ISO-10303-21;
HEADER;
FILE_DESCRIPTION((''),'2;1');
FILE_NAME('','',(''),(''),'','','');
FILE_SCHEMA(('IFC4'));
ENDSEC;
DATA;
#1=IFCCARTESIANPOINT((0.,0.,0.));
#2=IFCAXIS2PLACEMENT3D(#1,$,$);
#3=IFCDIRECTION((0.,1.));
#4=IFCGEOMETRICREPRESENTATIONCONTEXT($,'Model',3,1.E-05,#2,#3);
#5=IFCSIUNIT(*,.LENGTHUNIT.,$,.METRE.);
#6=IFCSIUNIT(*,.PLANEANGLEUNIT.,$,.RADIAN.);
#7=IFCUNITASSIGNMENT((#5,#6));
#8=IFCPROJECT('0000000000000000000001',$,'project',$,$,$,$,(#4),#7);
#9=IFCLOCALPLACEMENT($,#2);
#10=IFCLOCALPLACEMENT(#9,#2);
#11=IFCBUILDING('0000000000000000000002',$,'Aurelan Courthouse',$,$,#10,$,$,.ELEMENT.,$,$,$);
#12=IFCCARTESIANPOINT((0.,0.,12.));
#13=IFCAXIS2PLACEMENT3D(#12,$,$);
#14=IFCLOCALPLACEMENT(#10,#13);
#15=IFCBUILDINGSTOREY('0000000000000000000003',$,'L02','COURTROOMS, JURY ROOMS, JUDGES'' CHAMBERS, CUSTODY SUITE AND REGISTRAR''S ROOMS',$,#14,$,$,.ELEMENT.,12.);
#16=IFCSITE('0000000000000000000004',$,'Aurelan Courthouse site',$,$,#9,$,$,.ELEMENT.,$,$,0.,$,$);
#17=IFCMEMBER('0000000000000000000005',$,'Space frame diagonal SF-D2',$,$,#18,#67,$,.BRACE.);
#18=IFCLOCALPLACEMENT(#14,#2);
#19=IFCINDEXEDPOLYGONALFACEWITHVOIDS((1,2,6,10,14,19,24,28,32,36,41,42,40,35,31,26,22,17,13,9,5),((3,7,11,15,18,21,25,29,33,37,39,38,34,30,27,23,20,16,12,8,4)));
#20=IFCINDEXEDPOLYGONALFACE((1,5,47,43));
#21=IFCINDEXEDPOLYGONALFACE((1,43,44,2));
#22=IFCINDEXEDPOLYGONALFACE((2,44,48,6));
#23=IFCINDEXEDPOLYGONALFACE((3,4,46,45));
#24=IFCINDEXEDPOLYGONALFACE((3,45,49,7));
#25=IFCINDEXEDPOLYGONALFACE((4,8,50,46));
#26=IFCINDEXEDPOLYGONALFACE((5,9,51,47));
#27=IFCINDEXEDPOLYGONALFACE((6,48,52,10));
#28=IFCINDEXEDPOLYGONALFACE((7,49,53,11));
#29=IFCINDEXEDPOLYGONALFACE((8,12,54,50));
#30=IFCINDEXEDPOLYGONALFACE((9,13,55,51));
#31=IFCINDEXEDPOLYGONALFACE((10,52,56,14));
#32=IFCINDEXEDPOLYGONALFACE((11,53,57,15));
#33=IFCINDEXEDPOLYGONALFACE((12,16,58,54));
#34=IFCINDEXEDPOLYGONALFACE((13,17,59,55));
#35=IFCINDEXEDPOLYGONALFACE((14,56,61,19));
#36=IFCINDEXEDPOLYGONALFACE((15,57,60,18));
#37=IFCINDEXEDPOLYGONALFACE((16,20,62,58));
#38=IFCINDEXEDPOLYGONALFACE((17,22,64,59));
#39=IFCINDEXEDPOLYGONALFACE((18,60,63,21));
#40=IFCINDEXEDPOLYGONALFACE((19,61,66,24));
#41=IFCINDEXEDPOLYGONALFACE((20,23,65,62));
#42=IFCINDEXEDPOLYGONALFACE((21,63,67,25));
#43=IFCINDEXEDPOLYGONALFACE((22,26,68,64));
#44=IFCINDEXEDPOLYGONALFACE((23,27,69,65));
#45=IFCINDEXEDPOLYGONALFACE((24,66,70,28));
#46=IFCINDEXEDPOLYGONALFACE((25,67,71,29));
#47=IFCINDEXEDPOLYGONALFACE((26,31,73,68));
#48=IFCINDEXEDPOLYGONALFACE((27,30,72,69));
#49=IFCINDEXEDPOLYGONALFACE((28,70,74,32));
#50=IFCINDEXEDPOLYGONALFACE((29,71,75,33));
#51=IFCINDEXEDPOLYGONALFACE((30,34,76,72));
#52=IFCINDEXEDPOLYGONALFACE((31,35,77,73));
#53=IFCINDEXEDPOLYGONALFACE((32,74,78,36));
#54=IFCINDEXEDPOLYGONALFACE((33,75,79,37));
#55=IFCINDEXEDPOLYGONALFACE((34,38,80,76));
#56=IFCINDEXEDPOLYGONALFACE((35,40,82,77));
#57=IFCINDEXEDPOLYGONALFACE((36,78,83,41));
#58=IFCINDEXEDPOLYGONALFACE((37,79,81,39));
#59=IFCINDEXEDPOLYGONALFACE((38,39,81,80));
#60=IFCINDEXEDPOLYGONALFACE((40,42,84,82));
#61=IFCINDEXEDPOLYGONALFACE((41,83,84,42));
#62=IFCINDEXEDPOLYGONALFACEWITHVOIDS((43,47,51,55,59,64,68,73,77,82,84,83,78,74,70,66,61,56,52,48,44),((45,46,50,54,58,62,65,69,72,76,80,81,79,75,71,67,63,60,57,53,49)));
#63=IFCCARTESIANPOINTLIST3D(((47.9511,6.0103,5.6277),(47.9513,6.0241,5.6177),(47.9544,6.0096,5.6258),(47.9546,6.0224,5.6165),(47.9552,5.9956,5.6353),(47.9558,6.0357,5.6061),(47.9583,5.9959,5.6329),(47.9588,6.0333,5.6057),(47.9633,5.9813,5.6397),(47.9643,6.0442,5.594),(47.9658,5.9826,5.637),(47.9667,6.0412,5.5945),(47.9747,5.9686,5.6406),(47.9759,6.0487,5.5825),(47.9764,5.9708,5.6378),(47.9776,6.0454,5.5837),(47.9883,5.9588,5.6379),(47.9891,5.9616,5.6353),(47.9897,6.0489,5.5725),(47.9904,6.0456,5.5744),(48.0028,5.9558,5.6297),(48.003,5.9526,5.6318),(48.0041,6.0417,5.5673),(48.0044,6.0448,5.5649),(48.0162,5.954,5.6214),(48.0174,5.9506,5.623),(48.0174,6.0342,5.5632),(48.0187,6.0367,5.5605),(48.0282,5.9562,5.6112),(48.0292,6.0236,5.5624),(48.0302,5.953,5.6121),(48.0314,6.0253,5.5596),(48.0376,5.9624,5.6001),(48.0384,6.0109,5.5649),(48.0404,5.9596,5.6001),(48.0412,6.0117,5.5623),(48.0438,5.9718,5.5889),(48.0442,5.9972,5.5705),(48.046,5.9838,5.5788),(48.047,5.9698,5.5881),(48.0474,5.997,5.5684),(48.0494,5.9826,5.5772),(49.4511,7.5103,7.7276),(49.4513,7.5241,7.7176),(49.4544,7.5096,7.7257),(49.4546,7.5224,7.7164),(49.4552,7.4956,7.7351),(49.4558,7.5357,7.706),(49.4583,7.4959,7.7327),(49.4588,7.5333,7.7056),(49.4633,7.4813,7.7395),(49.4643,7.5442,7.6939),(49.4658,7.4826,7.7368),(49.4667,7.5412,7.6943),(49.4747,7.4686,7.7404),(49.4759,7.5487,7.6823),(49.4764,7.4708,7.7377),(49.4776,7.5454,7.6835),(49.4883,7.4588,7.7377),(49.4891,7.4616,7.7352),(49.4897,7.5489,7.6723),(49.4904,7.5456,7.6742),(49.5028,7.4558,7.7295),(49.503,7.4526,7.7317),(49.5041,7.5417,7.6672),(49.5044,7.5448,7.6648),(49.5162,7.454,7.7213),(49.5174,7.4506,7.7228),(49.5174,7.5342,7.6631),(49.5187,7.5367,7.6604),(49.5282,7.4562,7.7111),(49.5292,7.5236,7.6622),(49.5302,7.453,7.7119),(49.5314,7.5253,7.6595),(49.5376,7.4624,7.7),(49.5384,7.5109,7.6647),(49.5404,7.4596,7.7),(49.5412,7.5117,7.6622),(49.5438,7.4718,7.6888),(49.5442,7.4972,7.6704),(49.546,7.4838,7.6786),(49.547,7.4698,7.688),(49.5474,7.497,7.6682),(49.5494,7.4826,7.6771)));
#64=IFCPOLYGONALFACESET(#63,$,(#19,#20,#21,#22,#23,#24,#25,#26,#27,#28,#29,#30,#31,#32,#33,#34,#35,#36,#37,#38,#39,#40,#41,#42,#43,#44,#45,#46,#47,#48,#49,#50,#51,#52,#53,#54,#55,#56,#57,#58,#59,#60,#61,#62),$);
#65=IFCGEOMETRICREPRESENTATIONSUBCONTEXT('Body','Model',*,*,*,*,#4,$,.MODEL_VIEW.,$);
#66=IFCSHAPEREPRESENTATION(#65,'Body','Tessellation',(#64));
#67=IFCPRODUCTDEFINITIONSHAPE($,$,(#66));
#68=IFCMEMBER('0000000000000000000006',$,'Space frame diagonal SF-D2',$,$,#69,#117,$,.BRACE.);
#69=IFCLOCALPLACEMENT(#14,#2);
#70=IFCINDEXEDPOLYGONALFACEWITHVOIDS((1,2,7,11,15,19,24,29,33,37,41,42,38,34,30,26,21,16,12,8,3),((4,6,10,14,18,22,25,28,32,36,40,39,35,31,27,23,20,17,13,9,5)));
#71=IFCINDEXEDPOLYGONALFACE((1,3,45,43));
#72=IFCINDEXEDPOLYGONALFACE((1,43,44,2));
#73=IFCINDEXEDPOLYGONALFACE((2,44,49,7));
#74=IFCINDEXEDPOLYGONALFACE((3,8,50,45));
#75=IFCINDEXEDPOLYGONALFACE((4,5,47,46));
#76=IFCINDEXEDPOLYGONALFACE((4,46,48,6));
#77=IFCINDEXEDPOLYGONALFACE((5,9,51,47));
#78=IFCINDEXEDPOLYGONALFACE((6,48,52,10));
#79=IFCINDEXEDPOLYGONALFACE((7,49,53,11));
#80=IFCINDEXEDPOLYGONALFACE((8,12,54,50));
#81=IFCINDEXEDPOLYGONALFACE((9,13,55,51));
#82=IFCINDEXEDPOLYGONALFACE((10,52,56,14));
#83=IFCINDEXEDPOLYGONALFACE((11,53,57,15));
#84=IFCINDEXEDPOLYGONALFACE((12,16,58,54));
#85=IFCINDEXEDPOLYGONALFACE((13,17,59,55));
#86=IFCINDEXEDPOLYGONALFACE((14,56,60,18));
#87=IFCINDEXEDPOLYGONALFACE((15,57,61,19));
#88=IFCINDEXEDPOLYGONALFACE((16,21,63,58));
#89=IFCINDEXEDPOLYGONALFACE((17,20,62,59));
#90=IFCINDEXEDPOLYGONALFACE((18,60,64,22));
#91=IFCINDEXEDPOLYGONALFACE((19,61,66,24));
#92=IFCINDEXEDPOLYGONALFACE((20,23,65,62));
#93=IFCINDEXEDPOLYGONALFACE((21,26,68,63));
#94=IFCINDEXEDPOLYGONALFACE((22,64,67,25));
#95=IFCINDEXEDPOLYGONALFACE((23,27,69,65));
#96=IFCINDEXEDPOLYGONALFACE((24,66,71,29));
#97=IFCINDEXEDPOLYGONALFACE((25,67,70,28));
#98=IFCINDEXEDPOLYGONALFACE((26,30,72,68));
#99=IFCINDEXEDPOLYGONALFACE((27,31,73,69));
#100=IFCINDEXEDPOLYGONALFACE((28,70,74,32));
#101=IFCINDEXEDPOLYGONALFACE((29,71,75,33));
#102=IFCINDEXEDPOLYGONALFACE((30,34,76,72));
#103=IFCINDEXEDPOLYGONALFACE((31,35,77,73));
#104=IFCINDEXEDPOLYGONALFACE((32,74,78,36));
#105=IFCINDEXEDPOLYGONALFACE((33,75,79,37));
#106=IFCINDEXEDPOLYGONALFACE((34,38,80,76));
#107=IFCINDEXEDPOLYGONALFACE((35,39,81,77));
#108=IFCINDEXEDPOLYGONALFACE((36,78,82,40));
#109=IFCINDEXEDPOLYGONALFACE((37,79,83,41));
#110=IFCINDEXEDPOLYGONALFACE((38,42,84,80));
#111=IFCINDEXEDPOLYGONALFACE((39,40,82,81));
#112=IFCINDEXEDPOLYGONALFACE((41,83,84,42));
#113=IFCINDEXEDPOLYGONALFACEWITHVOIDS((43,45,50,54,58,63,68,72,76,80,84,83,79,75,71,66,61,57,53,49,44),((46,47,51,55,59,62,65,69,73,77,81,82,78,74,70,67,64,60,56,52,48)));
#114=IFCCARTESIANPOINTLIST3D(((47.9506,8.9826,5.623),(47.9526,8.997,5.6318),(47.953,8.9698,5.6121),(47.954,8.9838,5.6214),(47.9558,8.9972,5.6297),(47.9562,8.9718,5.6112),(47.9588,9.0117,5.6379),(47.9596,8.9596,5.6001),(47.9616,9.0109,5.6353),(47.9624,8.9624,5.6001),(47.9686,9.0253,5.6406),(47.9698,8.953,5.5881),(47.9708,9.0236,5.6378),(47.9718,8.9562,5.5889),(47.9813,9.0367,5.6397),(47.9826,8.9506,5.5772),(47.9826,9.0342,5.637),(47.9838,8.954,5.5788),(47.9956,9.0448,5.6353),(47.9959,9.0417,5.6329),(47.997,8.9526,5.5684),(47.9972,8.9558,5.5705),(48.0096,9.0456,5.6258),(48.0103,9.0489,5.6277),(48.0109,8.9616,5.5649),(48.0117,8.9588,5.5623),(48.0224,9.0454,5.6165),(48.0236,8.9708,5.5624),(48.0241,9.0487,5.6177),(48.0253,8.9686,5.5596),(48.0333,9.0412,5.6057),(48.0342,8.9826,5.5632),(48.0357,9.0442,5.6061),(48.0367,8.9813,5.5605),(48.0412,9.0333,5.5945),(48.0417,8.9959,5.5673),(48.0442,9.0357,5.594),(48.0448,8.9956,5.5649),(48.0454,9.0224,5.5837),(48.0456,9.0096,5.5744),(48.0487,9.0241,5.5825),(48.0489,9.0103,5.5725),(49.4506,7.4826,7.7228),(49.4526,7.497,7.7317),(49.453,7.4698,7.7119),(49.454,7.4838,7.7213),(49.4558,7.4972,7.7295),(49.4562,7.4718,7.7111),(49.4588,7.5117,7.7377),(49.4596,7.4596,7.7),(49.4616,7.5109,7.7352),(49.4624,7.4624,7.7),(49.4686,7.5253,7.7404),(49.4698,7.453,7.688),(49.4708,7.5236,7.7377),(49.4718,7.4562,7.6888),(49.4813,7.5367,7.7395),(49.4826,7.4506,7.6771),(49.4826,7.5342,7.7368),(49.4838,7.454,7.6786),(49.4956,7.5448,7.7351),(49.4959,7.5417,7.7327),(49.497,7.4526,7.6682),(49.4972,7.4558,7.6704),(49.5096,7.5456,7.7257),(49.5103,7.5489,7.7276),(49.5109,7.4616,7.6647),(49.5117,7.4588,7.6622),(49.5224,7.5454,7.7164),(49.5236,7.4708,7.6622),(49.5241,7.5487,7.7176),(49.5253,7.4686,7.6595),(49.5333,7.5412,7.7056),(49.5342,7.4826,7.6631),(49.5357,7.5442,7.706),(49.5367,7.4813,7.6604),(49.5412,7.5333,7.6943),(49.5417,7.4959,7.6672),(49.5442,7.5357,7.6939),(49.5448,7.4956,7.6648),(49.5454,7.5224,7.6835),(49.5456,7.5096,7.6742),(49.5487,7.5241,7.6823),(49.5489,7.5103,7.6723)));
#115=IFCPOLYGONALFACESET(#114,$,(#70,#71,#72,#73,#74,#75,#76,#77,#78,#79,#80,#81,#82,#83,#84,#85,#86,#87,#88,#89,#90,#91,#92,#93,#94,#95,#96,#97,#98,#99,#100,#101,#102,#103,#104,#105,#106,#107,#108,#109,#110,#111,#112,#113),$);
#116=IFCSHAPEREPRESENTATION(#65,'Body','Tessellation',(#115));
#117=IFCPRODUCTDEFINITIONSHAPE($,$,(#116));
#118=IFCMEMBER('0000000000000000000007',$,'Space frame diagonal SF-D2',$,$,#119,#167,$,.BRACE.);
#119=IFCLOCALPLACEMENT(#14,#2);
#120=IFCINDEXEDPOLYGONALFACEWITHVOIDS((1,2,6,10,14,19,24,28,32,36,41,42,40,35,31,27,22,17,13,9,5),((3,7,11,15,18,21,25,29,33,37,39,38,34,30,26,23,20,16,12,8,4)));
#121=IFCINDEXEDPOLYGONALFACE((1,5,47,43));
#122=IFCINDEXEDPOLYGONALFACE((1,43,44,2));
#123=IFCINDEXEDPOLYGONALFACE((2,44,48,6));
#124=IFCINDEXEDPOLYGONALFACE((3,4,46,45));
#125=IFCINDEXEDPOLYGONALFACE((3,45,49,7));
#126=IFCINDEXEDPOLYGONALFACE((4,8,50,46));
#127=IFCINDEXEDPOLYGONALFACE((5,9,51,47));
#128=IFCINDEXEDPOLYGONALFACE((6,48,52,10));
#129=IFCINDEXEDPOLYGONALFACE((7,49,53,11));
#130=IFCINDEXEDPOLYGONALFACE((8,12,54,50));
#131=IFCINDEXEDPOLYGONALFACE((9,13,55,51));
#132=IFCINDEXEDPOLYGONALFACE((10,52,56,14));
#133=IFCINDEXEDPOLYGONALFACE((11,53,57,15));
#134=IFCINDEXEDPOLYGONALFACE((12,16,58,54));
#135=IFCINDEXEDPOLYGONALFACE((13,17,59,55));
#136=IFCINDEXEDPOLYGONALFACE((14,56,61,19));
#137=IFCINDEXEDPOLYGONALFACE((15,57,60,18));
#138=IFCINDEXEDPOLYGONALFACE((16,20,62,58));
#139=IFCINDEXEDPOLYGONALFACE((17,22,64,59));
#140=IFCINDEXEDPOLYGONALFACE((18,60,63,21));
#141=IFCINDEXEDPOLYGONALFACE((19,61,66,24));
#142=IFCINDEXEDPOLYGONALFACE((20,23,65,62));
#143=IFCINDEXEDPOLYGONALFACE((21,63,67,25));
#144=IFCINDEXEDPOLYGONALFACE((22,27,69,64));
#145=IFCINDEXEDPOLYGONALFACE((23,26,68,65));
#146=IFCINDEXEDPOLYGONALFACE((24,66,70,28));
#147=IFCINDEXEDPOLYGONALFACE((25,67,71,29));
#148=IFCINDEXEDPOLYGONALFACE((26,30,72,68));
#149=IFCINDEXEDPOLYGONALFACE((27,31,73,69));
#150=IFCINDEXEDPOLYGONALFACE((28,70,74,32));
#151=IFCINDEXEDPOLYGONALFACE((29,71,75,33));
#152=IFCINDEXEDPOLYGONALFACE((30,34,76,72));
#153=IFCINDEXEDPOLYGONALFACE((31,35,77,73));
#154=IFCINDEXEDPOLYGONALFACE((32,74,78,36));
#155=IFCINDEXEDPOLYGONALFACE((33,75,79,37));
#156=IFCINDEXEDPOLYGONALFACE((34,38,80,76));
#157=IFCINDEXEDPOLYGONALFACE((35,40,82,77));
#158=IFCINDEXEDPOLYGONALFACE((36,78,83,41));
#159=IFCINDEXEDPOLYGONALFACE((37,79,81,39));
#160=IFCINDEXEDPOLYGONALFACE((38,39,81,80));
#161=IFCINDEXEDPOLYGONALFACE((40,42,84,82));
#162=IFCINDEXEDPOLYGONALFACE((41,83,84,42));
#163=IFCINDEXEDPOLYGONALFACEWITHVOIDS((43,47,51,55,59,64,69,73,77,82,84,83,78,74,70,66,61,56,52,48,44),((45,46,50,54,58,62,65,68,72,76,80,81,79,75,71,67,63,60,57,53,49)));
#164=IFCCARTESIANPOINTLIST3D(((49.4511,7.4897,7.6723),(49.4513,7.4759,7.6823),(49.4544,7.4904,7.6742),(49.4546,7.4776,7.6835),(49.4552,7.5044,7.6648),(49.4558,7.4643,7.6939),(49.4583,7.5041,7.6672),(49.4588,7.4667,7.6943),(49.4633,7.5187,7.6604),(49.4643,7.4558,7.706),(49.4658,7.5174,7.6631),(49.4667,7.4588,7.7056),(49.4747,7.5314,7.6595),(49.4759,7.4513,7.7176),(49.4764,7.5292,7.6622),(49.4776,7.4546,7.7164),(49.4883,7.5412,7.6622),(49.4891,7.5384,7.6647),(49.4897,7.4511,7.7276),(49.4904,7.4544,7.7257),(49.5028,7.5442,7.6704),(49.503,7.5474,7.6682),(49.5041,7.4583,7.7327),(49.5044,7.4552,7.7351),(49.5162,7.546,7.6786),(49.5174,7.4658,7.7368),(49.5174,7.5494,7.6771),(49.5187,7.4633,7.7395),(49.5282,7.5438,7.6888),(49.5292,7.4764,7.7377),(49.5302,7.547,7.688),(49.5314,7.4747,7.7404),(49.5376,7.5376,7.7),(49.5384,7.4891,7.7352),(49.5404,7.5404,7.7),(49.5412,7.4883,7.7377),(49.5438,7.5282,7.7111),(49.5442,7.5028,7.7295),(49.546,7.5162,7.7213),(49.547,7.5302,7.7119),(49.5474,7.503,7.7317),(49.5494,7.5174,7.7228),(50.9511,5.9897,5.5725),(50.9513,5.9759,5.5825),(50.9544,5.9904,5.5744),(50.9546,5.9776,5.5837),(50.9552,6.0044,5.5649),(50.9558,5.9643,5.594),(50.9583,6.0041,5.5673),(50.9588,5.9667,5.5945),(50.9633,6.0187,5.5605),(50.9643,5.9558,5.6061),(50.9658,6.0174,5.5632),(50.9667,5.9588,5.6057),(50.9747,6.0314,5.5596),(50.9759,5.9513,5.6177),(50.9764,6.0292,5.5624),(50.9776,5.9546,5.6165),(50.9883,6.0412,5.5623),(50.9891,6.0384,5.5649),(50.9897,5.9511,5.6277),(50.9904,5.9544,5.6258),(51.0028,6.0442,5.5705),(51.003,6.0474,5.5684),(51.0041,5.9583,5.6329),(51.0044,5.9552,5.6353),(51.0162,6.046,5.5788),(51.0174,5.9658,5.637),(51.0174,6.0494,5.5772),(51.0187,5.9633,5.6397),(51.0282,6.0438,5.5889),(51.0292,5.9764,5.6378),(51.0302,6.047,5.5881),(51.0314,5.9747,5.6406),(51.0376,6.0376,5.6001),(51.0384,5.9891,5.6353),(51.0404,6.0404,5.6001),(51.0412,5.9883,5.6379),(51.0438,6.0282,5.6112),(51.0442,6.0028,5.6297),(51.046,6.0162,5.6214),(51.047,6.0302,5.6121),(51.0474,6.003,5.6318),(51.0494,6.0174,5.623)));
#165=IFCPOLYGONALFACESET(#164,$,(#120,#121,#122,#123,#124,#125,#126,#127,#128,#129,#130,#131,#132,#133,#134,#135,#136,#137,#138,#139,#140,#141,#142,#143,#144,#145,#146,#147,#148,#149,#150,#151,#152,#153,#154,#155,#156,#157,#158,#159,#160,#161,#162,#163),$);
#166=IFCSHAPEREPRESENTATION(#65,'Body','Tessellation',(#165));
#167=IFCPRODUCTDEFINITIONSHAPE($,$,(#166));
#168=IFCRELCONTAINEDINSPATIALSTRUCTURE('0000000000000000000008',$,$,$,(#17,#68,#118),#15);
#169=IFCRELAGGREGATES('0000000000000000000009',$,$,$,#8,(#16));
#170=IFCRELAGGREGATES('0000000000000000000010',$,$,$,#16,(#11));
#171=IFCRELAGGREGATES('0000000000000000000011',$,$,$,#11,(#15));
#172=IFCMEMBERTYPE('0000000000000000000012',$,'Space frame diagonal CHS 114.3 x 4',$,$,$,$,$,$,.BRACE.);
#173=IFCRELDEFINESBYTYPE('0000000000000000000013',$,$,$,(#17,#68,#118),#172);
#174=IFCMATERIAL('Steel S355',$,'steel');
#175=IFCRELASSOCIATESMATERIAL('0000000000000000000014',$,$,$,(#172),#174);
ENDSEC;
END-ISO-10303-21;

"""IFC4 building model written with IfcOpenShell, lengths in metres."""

from ifc_helpers import new_model, si_unit, direction, frame, origin, origin_2d, place, context, subcontext, project, spatial, hollow_circle, extrude, material, material_profile, profile_set, type_object, element, save


model = new_model("IFC4")

# Units and contexts
model_context = context("Model", 3, precision=1e-05, world=origin(), true_north=direction((0.0, 1.0)))
body_context = subcontext(model_context, "Body", "Model", "MODEL_VIEW")
ifc_project = project(units=[si_unit("LENGTHUNIT", "METRE"), si_unit("PLANEANGLEUNIT", "RADIAN")], contexts=[model_context])

# Site, building, storey
site_placement = place(None, origin())
site = spatial("IfcSite", under=ifc_project, at=site_placement, Name="Aurelan Courthouse site", CompositionType="ELEMENT", RefElevation=0.0)
building_placement = place(site_placement, origin())
building = spatial("IfcBuilding", under=site, at=building_placement, Name="Aurelan Courthouse", CompositionType="ELEMENT")
storey_placement = place(building_placement, frame((0.0, 0.0, 12.0)))
storey = spatial("IfcBuildingStorey", under=building, at=storey_placement, Name="L02", Description="COURTROOMS, JURY ROOMS, JUDGES' CHAMBERS, CUSTODY SUITE AND REGISTRAR'S ROOMS", CompositionType="ELEMENT", Elevation=12.0)

# Members
ifc_material_1 = material(Name="Steel S355", Category="steel")
ifc_material_profile_1 = material_profile(ifc_material_1, hollow_circle(Radius=0.0571, WallThickness=0.0039, at=origin_2d()), Name="CHS 114.3 x 4")
ifc_profile_set_1 = profile_set([ifc_material_profile_1], Name="Steel S355")
member_type_1 = type_object("IfcMemberType", Name="Space frame diagonal CHS 114.3 x 4", PredefinedType="BRACE", material=ifc_profile_set_1)
for number, where, z_axis, x_axis, name in (
    (1, (49.5, 7.5, 7.7), (-0.502536, -0.502536, -0.703502), (0.707107, -0.707107, 0.0), "Space frame diagonal SF-D2"),
    (2, (49.5, 7.5, 7.7), (-0.502536, 0.502536, -0.703502), (-0.707107, -0.707107, 0.0), "Space frame diagonal SF-D2"),
    (3, (49.5, 7.5, 7.7), (0.502536, -0.502536, -0.703502), (0.707107, 0.707107, 0.0), "Space frame diagonal SF-D2"),
):
    element("IfcMember", number, at=place(storey_placement, frame(where, z_axis=z_axis, x_axis=x_axis)), inside=storey, type_object=member_type_1, Name=name, PredefinedType="BRACE", context=body_context, shape_type="SweptSolid", body=[
        extrude(hollow_circle(Radius=0.0571, WallThickness=0.0039, at=origin_2d()), origin(), (0.0, 0.0, 1.0), 2.9849),
    ])

save(model, "model.ifc")
